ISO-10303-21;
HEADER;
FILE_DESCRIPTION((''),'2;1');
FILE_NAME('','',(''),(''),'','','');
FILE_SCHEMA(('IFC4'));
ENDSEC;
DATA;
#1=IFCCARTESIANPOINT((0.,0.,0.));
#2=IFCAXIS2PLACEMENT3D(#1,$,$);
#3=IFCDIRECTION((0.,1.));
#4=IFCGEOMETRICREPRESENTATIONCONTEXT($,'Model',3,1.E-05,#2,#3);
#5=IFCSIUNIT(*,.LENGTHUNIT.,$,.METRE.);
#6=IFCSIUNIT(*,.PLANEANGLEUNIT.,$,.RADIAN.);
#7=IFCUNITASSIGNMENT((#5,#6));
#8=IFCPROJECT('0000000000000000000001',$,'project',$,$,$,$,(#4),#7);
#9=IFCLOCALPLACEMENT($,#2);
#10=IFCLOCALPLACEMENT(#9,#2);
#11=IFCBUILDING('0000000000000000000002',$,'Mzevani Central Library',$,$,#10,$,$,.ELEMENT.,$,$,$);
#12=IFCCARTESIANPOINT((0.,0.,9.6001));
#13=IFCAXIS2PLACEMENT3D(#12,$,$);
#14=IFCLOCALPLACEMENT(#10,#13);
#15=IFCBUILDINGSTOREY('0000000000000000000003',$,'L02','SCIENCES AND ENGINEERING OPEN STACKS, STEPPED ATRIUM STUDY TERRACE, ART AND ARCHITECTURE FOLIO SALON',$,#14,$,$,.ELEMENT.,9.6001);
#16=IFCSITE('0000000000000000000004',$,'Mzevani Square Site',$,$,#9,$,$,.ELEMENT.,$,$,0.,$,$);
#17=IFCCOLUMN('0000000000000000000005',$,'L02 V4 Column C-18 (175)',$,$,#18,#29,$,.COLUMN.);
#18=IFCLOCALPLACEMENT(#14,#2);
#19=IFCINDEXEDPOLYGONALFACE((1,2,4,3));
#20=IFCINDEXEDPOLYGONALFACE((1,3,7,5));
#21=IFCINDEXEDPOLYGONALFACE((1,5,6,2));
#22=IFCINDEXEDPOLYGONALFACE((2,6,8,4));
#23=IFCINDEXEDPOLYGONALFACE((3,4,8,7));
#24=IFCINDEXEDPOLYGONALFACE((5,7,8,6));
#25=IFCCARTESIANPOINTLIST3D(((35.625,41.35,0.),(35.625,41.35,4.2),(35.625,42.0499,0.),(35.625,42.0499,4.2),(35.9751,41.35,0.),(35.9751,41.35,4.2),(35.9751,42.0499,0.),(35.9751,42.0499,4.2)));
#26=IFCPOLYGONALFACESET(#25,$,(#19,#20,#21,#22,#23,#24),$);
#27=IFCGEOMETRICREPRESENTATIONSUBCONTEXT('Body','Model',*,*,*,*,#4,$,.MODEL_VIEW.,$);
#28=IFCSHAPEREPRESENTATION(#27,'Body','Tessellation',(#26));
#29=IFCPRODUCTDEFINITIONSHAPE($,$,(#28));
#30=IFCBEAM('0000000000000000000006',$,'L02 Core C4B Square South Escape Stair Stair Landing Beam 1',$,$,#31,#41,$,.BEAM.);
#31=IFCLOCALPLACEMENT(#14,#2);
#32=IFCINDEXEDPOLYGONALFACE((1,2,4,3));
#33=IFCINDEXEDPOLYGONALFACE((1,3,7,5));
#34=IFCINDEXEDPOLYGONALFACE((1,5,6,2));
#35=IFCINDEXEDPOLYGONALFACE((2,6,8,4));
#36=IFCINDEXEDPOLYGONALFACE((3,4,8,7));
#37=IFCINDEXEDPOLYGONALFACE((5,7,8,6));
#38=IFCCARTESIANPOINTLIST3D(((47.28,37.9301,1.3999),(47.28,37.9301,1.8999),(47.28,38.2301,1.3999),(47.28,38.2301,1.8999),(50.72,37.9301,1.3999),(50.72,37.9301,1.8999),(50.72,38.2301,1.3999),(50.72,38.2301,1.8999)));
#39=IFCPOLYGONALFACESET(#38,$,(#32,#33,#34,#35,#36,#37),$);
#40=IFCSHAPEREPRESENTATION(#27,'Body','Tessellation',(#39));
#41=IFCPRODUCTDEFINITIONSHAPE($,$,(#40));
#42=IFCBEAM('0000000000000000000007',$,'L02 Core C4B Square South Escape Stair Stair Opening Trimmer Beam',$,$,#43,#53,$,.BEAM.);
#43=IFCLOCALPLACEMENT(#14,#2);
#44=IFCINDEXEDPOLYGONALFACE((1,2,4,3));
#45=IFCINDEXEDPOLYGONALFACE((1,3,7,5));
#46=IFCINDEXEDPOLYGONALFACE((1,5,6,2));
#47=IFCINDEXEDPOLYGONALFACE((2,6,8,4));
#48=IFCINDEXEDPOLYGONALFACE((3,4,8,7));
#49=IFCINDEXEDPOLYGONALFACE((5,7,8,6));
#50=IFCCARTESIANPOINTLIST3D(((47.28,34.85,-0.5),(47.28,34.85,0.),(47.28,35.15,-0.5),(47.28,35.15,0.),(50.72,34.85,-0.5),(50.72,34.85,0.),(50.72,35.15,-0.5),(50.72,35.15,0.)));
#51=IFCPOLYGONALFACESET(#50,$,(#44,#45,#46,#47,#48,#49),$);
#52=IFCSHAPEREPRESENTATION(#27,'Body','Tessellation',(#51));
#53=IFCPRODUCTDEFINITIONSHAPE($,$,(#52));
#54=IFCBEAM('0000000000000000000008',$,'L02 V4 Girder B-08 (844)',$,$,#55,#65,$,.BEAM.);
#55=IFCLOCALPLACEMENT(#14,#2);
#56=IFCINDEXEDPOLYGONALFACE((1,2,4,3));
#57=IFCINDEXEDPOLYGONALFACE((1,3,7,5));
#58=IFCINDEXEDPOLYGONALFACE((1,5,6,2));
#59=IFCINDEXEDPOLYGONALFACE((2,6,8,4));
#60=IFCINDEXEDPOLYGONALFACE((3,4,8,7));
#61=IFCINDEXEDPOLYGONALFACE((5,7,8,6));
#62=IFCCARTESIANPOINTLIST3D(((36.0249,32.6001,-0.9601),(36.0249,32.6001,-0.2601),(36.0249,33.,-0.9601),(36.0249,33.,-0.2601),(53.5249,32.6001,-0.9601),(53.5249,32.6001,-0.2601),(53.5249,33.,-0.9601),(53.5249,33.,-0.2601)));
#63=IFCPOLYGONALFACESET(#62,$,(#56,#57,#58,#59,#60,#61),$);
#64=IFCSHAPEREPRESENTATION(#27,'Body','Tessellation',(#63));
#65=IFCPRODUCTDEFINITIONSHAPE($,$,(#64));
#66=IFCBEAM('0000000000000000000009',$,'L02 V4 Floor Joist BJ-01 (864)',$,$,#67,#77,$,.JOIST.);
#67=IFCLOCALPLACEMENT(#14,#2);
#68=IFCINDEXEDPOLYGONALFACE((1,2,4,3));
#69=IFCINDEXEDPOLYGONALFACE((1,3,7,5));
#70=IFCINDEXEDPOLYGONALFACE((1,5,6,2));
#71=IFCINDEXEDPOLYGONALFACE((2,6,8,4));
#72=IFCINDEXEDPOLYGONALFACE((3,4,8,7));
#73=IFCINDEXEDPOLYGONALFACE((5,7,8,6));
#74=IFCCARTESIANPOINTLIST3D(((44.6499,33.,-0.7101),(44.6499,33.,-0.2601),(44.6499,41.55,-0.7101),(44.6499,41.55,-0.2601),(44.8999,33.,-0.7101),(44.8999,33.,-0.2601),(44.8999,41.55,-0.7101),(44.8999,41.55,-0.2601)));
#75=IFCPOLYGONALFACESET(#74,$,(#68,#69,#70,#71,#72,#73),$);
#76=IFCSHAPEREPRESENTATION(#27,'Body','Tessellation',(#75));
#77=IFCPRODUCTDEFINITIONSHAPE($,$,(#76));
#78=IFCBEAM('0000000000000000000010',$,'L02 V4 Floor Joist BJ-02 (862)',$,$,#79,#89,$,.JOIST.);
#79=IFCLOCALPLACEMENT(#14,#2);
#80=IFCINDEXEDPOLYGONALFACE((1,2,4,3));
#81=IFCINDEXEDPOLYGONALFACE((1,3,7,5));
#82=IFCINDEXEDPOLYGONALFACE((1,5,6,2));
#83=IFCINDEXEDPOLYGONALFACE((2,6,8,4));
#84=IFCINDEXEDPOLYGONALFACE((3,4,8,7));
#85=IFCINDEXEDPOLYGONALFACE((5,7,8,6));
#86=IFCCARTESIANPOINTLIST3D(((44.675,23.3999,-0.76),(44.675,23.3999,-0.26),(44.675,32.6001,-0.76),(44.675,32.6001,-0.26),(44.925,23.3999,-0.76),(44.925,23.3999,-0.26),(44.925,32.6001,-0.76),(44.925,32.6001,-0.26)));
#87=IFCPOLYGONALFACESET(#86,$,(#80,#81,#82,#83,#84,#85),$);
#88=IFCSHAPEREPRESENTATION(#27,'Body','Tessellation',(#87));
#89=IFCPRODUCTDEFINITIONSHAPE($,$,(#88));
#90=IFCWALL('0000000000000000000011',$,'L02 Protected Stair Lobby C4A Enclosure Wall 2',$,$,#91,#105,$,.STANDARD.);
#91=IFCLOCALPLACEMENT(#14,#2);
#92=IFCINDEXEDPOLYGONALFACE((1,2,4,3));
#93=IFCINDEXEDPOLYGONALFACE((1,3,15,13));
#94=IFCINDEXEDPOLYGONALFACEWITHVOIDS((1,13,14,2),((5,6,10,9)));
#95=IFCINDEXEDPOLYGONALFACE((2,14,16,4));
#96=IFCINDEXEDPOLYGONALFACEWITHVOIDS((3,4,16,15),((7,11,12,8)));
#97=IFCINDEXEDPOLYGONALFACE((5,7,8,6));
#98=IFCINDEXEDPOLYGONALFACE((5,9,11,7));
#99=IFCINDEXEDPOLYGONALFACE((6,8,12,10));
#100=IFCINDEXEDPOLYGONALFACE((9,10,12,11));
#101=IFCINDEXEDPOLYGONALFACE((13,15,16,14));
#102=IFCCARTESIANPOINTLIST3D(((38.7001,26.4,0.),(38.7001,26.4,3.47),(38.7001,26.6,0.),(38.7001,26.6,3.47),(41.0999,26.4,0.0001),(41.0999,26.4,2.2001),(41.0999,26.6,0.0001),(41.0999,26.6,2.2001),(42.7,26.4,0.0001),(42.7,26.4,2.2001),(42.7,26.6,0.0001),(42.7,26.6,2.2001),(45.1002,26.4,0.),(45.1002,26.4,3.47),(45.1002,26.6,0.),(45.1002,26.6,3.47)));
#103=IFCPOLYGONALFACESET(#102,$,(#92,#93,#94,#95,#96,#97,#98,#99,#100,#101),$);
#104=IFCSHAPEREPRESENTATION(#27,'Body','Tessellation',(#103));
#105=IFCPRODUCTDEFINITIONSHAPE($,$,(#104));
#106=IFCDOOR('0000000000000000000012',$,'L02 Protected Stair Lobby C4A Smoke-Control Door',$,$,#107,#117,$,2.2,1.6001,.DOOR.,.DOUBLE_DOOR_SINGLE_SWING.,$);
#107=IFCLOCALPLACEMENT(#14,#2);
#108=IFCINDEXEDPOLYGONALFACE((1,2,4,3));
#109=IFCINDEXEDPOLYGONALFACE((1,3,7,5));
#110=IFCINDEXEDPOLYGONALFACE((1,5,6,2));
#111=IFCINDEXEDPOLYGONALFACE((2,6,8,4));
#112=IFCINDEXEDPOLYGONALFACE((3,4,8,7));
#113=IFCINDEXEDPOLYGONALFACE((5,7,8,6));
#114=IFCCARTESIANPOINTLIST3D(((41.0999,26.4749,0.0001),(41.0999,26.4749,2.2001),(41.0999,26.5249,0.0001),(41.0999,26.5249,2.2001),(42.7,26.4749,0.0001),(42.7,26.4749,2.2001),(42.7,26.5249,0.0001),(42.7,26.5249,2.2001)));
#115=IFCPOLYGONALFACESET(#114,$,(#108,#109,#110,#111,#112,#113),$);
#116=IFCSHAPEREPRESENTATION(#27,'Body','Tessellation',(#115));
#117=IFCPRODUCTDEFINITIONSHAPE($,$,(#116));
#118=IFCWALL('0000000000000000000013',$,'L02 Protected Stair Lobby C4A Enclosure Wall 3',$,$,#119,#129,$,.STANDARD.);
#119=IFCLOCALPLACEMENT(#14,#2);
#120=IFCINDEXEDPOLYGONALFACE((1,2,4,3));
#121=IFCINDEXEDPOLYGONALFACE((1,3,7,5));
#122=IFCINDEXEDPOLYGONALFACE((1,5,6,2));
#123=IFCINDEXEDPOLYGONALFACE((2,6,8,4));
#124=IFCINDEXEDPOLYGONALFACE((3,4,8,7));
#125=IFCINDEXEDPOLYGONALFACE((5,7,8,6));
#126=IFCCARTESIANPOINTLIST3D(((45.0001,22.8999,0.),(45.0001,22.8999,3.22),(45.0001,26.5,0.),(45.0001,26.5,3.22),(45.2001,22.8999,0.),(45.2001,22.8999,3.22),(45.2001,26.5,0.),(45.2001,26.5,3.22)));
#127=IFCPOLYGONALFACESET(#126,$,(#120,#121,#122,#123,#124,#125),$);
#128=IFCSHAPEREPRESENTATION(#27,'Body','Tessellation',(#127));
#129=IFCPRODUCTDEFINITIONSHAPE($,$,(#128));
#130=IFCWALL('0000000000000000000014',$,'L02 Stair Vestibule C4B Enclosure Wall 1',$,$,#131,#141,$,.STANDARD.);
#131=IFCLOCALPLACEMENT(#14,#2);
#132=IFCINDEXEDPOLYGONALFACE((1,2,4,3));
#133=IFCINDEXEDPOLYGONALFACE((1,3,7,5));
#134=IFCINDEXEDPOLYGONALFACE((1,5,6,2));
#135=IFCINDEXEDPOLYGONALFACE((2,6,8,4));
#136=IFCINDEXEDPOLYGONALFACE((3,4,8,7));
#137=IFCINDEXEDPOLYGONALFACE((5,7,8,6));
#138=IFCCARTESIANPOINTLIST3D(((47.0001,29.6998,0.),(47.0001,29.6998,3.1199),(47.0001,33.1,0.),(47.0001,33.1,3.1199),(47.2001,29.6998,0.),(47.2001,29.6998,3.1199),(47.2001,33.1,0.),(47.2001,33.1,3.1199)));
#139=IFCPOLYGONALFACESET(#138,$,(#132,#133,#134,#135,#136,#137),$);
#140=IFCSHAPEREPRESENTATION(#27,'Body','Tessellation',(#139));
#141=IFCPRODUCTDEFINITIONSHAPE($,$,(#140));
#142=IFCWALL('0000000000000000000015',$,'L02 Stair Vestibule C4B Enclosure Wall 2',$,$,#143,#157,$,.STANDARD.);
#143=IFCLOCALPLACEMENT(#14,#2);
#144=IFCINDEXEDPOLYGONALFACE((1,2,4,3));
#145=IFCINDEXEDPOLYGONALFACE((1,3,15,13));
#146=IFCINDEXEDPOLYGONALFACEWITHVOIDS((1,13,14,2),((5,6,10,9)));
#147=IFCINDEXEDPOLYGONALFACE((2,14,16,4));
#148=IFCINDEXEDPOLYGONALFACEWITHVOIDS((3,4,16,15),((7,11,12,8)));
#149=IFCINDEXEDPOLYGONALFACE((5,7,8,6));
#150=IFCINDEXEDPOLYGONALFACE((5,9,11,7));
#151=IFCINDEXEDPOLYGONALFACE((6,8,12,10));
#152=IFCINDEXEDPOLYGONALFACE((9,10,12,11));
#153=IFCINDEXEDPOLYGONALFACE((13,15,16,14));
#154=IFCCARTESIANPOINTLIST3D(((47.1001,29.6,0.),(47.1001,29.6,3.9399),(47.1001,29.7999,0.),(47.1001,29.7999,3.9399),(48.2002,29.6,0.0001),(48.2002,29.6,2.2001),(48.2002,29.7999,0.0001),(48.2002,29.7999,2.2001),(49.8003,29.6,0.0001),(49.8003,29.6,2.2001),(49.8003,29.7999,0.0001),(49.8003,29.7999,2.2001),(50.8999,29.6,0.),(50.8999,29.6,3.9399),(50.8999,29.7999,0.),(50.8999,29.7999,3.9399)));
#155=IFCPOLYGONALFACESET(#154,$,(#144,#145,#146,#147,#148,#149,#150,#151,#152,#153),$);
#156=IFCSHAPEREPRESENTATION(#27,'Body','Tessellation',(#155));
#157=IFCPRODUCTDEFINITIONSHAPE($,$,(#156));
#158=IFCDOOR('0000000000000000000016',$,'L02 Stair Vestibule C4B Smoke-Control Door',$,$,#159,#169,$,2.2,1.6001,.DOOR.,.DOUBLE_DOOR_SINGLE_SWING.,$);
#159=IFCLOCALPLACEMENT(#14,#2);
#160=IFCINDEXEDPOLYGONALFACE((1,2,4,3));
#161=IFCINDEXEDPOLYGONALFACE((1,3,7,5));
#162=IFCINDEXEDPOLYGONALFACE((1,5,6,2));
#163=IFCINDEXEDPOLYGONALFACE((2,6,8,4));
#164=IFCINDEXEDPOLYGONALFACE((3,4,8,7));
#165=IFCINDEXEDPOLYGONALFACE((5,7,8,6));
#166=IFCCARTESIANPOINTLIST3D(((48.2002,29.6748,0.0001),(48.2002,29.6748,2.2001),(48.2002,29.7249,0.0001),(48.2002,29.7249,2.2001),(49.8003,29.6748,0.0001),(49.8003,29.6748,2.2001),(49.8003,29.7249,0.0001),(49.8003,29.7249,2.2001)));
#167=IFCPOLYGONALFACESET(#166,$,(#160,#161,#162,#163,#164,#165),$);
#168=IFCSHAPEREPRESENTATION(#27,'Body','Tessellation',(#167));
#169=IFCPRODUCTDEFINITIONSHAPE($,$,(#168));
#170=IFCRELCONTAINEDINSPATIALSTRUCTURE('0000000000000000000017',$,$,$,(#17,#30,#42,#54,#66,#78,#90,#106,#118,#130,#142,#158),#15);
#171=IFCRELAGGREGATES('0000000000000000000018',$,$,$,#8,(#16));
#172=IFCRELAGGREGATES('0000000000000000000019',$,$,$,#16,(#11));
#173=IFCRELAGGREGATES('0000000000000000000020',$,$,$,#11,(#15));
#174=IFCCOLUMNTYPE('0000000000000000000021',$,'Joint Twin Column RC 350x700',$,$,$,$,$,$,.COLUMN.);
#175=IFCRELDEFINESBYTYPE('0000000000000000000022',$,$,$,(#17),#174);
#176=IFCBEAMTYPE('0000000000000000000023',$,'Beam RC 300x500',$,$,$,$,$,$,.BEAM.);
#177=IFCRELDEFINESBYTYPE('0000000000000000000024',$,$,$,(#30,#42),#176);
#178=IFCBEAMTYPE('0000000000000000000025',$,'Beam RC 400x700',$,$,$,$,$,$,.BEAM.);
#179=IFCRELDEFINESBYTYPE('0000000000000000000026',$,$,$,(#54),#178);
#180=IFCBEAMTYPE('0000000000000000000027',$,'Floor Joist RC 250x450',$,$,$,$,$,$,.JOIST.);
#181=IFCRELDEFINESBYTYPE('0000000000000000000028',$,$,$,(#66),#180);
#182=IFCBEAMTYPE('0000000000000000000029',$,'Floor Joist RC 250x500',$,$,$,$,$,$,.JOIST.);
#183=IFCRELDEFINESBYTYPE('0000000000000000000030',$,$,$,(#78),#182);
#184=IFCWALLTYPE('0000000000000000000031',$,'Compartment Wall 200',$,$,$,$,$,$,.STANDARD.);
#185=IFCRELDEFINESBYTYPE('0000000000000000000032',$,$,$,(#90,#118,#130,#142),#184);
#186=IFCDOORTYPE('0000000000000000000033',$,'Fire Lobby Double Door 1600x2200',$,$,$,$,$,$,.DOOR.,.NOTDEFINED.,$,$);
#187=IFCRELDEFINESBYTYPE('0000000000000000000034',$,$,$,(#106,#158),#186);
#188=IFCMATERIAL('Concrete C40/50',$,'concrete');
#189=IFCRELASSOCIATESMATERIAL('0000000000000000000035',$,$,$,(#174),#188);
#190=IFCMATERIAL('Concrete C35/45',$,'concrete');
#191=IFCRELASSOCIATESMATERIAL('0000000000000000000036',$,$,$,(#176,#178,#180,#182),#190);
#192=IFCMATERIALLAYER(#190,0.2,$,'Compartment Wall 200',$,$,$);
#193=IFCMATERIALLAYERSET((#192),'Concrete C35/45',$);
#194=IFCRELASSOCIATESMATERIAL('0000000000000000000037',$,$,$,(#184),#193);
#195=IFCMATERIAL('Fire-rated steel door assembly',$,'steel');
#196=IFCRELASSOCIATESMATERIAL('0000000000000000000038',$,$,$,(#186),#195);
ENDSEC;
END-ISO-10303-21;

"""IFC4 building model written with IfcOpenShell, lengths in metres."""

from ifc_helpers import new_model, si_unit, direction, frame, frame_2d, origin, origin_2d, place, context, subcontext, project, spatial, rectangle, extrude, material, layer, layer_set, material_profile, profile_set, type_object, element, fill, save


model = new_model("IFC4")

# Units and contexts
model_context = context("Model", 3, precision=1e-05, world=origin(), true_north=direction((0.0, 1.0)))
body_context = subcontext(model_context, "Body", "Model", "MODEL_VIEW")
ifc_project = project(units=[si_unit("LENGTHUNIT", "METRE"), si_unit("PLANEANGLEUNIT", "RADIAN")], contexts=[model_context])

# Site, building, storey
site_placement = place(None, origin())
site = spatial("IfcSite", under=ifc_project, at=site_placement, Name="Mzevani Square Site", CompositionType="ELEMENT", RefElevation=0.0)
building_placement = place(site_placement, origin())
building = spatial("IfcBuilding", under=site, at=building_placement, Name="Mzevani Central Library", CompositionType="ELEMENT")
storey_placement = place(building_placement, frame((0.0, 0.0, 9.6001)))
storey = spatial("IfcBuildingStorey", under=building, at=storey_placement, Name="L02", Description="SCIENCES AND ENGINEERING OPEN STACKS, STEPPED ATRIUM STUDY TERRACE, ART AND ARCHITECTURE FOLIO SALON", CompositionType="ELEMENT", Elevation=9.6001)

# Column
ifc_material_1 = material(Name="Concrete C40/50", Category="concrete")
ifc_material_profile_1 = material_profile(ifc_material_1, rectangle(XDim=0.3501, YDim=0.7, at=origin_2d()), Name="RC 350x700")
ifc_profile_set_1 = profile_set([ifc_material_profile_1], Name="Concrete C40/50")
column_type = type_object("IfcColumnType", Name="Joint Twin Column RC 350x700", PredefinedType="COLUMN", material=ifc_profile_set_1)
column_placement = place(storey_placement, frame((35.8, 41.7, 0.0), z_axis=(0.0, 0.0, 1.0), x_axis=(1.0, 0.0, 0.0)))
element("IfcColumn", 1, at=column_placement, inside=storey, type_object=column_type, Name="L02 V4 Column C-18 (175)", PredefinedType="COLUMN", context=body_context, shape_type="SweptSolid", body=[
    extrude(rectangle(XDim=0.3501, YDim=0.7, at=origin_2d()), origin(), (0.0, 0.0, 1.0), 4.2),
])

# Beams
ifc_material_2 = material(Name="Concrete C35/45", Category="concrete")
ifc_material_profile_2 = material_profile(ifc_material_2, rectangle(XDim=0.3, YDim=0.5, at=origin_2d()), Name="RC B300x500")
ifc_profile_set_2 = profile_set([ifc_material_profile_2], Name="Concrete C35/45")
beam_type_1 = type_object("IfcBeamType", Name="Beam RC 300x500", PredefinedType="BEAM", material=ifc_profile_set_2)
for number, where, z_axis, x_axis, name in (
    (2, (47.28, 38.0801, 1.6499), (1.0, 0.0, 0.0), (0.0, 1.0, 0.0), "L02 Core C4B Square South Escape Stair Stair Landing Beam 1"),
    (3, (47.28, 35.0, -0.25), (1.0, 0.0, 0.0), (0.0, 1.0, 0.0), "L02 Core C4B Square South Escape Stair Stair Opening Trimmer Beam"),
):
    element("IfcBeam", number, at=place(storey_placement, frame(where, z_axis=z_axis, x_axis=x_axis)), inside=storey, type_object=beam_type_1, Name=name, PredefinedType="BEAM", context=body_context, shape_type="SweptSolid", body=[
        extrude(rectangle(XDim=0.3, YDim=0.5, at=origin_2d()), origin(), (0.0, 0.0, 1.0), 3.4399),
    ])
ifc_material_profile_3 = material_profile(ifc_material_2, rectangle(XDim=0.3999, YDim=0.7, at=origin_2d()), Name="RC B400x700")
ifc_profile_set_3 = profile_set([ifc_material_profile_3], Name="Concrete C35/45")
beam_type_2 = type_object("IfcBeamType", Name="Beam RC 400x700", PredefinedType="BEAM", material=ifc_profile_set_3)
beam_1_placement = place(storey_placement, frame((36.0249, 32.8, -0.6101), z_axis=(1.0, 0.0, 0.0), x_axis=(0.0, 1.0, 0.0)))
element("IfcBeam", 4, at=beam_1_placement, inside=storey, type_object=beam_type_2, Name="L02 V4 Girder B-08 (844)", PredefinedType="BEAM", context=body_context, shape_type="SweptSolid", body=[
    extrude(rectangle(XDim=0.3999, YDim=0.7, at=origin_2d()), origin(), (0.0, 0.0, 1.0), 17.5),
])
ifc_material_profile_4 = material_profile(ifc_material_2, rectangle(XDim=0.25, YDim=0.45, at=origin_2d()), Name="RC J250x450")
ifc_profile_set_4 = profile_set([ifc_material_profile_4], Name="Concrete C35/45")
beam_type_3 = type_object("IfcBeamType", Name="Floor Joist RC 250x450", PredefinedType="JOIST", material=ifc_profile_set_4)
beam_2_placement = place(storey_placement, frame((44.7749, 33.0, -0.4851), z_axis=(0.0, 1.0, 0.0), x_axis=(-1.0, 0.0, 0.0)))
element("IfcBeam", 5, at=beam_2_placement, inside=storey, type_object=beam_type_3, Name="L02 V4 Floor Joist BJ-01 (864)", PredefinedType="JOIST", context=body_context, shape_type="SweptSolid", body=[
    extrude(rectangle(XDim=0.25, YDim=0.45, at=origin_2d()), origin(), (0.0, 0.0, 1.0), 8.55),
])
ifc_material_profile_5 = material_profile(ifc_material_2, rectangle(XDim=0.25, YDim=0.5, at=origin_2d()), Name="RC J250x500")
ifc_profile_set_5 = profile_set([ifc_material_profile_5], Name="Concrete C35/45")
beam_type_4 = type_object("IfcBeamType", Name="Floor Joist RC 250x500", PredefinedType="JOIST", material=ifc_profile_set_5)
beam_3_placement = place(storey_placement, frame((44.8, 23.3999, -0.51), z_axis=(0.0, 1.0, 0.0), x_axis=(-1.0, 0.0, 0.0)))
element("IfcBeam", 6, at=beam_3_placement, inside=storey, type_object=beam_type_4, Name="L02 V4 Floor Joist BJ-02 (862)", PredefinedType="JOIST", context=body_context, shape_type="SweptSolid", body=[
    extrude(rectangle(XDim=0.25, YDim=0.5, at=origin_2d()), origin(), (0.0, 0.0, 1.0), 9.2002),
])

# Wall, opening, door
ifc_layer_1 = layer(ifc_material_2, 0.2, Name="Compartment Wall 200")
ifc_layer_set_1 = layer_set([ifc_layer_1], Name="Concrete C35/45")
wall_type_1 = type_object("IfcWallType", Name="Compartment Wall 200", PredefinedType="STANDARD", material=ifc_layer_set_1)
wall_1_placement = place(storey_placement, frame((38.7, 26.5, 0.0), z_axis=(0.0, 0.0, 1.0), x_axis=(1.0, 0.0, 0.0)))
wall_1 = element("IfcWall", 7, at=wall_1_placement, inside=storey, type_object=wall_type_1, Name="L02 Protected Stair Lobby C4A Enclosure Wall 2", PredefinedType="STANDARD", context=body_context, shape_type="SweptSolid", body=[
    extrude(rectangle(XDim=6.4001, YDim=0.2, at=frame_2d((3.2002, 0.0))), origin(), (0.0, 0.0, 1.0), 3.47),
])
opening_1_placement = place(wall_1_placement, frame((2.3999, 0.0, 0.0)))
opening_1 = element("IfcOpeningElement", 8, at=opening_1_placement, cuts=wall_1, PredefinedType="OPENING", context=body_context, shape_type="SweptSolid", body=[
    extrude(rectangle(XDim=1.6001, YDim=2.2, at=frame_2d((0.8, 1.1001))), frame((0.0, 0.1099, 0.0), z_axis=(0.0, -1.0, 0.0), x_axis=(1.0, 0.0, 0.0)), (0.0, 0.0, 1.0), 0.22),
])
ifc_material_3 = material(Name="Fire-rated steel door assembly", Category="steel")
door_type_1 = type_object("IfcDoorType", Name="Fire Lobby Double Door 1600x2200", OperationType="NOTDEFINED", PredefinedType="DOOR", material=ifc_material_3)
door_1_placement = place(opening_1_placement, origin())
door_1 = element("IfcDoor", 9, at=door_1_placement, inside=storey, type_object=door_type_1, Name="L02 Protected Stair Lobby C4A Smoke-Control Door", OperationType="DOUBLE_DOOR_SINGLE_SWING", OverallHeight=2.2, OverallWidth=1.6001, PredefinedType="DOOR", context=body_context, shape_type="SweptSolid", body=[
    extrude(rectangle(XDim=1.6001, YDim=2.2, at=frame_2d((0.8, 1.1001))), frame((0.0, 0.0249, 0.0), z_axis=(0.0, -1.0, 0.0), x_axis=(1.0, 0.0, 0.0)), (0.0, 0.0, 1.0), 0.05),
])
fill(opening_1, door_1)

# Walls
wall_2_placement = place(storey_placement, frame((45.1001, 26.5, 0.0), z_axis=(0.0, 0.0, 1.0), x_axis=(0.0, -1.0, 0.0)))
element("IfcWall", 10, at=wall_2_placement, inside=storey, type_object=wall_type_1, Name="L02 Protected Stair Lobby C4A Enclosure Wall 3", PredefinedType="STANDARD", context=body_context, shape_type="SweptSolid", body=[
    extrude(rectangle(XDim=3.6001, YDim=0.2, at=frame_2d((1.8, 0.0))), origin(), (0.0, 0.0, 1.0), 3.22),
])
wall_3_placement = place(storey_placement, frame((47.1001, 33.1001, 0.0), z_axis=(0.0, 0.0, 1.0), x_axis=(0.0, -1.0, 0.0)))
element("IfcWall", 11, at=wall_3_placement, inside=storey, type_object=wall_type_1, Name="L02 Stair Vestibule C4B Enclosure Wall 1", PredefinedType="STANDARD", context=body_context, shape_type="SweptSolid", body=[
    extrude(rectangle(XDim=3.4001, YDim=0.2, at=frame_2d((1.7002, 0.0))), origin(), (0.0, 0.0, 1.0), 3.1199),
])

# Wall, opening, door
wall_4_placement = place(storey_placement, frame((47.1001, 29.7, 0.0), z_axis=(0.0, 0.0, 1.0), x_axis=(1.0, 0.0, 0.0)))
wall_4 = element("IfcWall", 12, at=wall_4_placement, inside=storey, type_object=wall_type_1, Name="L02 Stair Vestibule C4B Enclosure Wall 2", PredefinedType="STANDARD", context=body_context, shape_type="SweptSolid", body=[
    extrude(rectangle(XDim=3.7998, YDim=0.2, at=frame_2d((1.8999, 0.0))), origin(), (0.0, 0.0, 1.0), 3.9399),
])
opening_2_placement = place(wall_4_placement, frame((1.1001, 0.0, 0.0)))
opening_2 = element("IfcOpeningElement", 13, at=opening_2_placement, cuts=wall_4, PredefinedType="OPENING", context=body_context, shape_type="SweptSolid", body=[
    extrude(rectangle(XDim=1.6001, YDim=2.2, at=frame_2d((0.8, 1.1001))), frame((0.0, 0.1099, 0.0), z_axis=(0.0, -1.0, 0.0), x_axis=(1.0, 0.0, 0.0)), (0.0, 0.0, 1.0), 0.22),
])
door_2_placement = place(opening_2_placement, origin())
door_2 = element("IfcDoor", 14, at=door_2_placement, inside=storey, type_object=door_type_1, Name="L02 Stair Vestibule C4B Smoke-Control Door", OperationType="DOUBLE_DOOR_SINGLE_SWING", OverallHeight=2.2, OverallWidth=1.6001, PredefinedType="DOOR", context=body_context, shape_type="SweptSolid", body=[
    extrude(rectangle(XDim=1.6001, YDim=2.2, at=frame_2d((0.8, 1.1001))), frame((0.0, 0.0249, 0.0), z_axis=(0.0, -1.0, 0.0), x_axis=(1.0, 0.0, 0.0)), (0.0, 0.0, 1.0), 0.05),
])
fill(opening_2, door_2)

save(model, "model.ifc")
